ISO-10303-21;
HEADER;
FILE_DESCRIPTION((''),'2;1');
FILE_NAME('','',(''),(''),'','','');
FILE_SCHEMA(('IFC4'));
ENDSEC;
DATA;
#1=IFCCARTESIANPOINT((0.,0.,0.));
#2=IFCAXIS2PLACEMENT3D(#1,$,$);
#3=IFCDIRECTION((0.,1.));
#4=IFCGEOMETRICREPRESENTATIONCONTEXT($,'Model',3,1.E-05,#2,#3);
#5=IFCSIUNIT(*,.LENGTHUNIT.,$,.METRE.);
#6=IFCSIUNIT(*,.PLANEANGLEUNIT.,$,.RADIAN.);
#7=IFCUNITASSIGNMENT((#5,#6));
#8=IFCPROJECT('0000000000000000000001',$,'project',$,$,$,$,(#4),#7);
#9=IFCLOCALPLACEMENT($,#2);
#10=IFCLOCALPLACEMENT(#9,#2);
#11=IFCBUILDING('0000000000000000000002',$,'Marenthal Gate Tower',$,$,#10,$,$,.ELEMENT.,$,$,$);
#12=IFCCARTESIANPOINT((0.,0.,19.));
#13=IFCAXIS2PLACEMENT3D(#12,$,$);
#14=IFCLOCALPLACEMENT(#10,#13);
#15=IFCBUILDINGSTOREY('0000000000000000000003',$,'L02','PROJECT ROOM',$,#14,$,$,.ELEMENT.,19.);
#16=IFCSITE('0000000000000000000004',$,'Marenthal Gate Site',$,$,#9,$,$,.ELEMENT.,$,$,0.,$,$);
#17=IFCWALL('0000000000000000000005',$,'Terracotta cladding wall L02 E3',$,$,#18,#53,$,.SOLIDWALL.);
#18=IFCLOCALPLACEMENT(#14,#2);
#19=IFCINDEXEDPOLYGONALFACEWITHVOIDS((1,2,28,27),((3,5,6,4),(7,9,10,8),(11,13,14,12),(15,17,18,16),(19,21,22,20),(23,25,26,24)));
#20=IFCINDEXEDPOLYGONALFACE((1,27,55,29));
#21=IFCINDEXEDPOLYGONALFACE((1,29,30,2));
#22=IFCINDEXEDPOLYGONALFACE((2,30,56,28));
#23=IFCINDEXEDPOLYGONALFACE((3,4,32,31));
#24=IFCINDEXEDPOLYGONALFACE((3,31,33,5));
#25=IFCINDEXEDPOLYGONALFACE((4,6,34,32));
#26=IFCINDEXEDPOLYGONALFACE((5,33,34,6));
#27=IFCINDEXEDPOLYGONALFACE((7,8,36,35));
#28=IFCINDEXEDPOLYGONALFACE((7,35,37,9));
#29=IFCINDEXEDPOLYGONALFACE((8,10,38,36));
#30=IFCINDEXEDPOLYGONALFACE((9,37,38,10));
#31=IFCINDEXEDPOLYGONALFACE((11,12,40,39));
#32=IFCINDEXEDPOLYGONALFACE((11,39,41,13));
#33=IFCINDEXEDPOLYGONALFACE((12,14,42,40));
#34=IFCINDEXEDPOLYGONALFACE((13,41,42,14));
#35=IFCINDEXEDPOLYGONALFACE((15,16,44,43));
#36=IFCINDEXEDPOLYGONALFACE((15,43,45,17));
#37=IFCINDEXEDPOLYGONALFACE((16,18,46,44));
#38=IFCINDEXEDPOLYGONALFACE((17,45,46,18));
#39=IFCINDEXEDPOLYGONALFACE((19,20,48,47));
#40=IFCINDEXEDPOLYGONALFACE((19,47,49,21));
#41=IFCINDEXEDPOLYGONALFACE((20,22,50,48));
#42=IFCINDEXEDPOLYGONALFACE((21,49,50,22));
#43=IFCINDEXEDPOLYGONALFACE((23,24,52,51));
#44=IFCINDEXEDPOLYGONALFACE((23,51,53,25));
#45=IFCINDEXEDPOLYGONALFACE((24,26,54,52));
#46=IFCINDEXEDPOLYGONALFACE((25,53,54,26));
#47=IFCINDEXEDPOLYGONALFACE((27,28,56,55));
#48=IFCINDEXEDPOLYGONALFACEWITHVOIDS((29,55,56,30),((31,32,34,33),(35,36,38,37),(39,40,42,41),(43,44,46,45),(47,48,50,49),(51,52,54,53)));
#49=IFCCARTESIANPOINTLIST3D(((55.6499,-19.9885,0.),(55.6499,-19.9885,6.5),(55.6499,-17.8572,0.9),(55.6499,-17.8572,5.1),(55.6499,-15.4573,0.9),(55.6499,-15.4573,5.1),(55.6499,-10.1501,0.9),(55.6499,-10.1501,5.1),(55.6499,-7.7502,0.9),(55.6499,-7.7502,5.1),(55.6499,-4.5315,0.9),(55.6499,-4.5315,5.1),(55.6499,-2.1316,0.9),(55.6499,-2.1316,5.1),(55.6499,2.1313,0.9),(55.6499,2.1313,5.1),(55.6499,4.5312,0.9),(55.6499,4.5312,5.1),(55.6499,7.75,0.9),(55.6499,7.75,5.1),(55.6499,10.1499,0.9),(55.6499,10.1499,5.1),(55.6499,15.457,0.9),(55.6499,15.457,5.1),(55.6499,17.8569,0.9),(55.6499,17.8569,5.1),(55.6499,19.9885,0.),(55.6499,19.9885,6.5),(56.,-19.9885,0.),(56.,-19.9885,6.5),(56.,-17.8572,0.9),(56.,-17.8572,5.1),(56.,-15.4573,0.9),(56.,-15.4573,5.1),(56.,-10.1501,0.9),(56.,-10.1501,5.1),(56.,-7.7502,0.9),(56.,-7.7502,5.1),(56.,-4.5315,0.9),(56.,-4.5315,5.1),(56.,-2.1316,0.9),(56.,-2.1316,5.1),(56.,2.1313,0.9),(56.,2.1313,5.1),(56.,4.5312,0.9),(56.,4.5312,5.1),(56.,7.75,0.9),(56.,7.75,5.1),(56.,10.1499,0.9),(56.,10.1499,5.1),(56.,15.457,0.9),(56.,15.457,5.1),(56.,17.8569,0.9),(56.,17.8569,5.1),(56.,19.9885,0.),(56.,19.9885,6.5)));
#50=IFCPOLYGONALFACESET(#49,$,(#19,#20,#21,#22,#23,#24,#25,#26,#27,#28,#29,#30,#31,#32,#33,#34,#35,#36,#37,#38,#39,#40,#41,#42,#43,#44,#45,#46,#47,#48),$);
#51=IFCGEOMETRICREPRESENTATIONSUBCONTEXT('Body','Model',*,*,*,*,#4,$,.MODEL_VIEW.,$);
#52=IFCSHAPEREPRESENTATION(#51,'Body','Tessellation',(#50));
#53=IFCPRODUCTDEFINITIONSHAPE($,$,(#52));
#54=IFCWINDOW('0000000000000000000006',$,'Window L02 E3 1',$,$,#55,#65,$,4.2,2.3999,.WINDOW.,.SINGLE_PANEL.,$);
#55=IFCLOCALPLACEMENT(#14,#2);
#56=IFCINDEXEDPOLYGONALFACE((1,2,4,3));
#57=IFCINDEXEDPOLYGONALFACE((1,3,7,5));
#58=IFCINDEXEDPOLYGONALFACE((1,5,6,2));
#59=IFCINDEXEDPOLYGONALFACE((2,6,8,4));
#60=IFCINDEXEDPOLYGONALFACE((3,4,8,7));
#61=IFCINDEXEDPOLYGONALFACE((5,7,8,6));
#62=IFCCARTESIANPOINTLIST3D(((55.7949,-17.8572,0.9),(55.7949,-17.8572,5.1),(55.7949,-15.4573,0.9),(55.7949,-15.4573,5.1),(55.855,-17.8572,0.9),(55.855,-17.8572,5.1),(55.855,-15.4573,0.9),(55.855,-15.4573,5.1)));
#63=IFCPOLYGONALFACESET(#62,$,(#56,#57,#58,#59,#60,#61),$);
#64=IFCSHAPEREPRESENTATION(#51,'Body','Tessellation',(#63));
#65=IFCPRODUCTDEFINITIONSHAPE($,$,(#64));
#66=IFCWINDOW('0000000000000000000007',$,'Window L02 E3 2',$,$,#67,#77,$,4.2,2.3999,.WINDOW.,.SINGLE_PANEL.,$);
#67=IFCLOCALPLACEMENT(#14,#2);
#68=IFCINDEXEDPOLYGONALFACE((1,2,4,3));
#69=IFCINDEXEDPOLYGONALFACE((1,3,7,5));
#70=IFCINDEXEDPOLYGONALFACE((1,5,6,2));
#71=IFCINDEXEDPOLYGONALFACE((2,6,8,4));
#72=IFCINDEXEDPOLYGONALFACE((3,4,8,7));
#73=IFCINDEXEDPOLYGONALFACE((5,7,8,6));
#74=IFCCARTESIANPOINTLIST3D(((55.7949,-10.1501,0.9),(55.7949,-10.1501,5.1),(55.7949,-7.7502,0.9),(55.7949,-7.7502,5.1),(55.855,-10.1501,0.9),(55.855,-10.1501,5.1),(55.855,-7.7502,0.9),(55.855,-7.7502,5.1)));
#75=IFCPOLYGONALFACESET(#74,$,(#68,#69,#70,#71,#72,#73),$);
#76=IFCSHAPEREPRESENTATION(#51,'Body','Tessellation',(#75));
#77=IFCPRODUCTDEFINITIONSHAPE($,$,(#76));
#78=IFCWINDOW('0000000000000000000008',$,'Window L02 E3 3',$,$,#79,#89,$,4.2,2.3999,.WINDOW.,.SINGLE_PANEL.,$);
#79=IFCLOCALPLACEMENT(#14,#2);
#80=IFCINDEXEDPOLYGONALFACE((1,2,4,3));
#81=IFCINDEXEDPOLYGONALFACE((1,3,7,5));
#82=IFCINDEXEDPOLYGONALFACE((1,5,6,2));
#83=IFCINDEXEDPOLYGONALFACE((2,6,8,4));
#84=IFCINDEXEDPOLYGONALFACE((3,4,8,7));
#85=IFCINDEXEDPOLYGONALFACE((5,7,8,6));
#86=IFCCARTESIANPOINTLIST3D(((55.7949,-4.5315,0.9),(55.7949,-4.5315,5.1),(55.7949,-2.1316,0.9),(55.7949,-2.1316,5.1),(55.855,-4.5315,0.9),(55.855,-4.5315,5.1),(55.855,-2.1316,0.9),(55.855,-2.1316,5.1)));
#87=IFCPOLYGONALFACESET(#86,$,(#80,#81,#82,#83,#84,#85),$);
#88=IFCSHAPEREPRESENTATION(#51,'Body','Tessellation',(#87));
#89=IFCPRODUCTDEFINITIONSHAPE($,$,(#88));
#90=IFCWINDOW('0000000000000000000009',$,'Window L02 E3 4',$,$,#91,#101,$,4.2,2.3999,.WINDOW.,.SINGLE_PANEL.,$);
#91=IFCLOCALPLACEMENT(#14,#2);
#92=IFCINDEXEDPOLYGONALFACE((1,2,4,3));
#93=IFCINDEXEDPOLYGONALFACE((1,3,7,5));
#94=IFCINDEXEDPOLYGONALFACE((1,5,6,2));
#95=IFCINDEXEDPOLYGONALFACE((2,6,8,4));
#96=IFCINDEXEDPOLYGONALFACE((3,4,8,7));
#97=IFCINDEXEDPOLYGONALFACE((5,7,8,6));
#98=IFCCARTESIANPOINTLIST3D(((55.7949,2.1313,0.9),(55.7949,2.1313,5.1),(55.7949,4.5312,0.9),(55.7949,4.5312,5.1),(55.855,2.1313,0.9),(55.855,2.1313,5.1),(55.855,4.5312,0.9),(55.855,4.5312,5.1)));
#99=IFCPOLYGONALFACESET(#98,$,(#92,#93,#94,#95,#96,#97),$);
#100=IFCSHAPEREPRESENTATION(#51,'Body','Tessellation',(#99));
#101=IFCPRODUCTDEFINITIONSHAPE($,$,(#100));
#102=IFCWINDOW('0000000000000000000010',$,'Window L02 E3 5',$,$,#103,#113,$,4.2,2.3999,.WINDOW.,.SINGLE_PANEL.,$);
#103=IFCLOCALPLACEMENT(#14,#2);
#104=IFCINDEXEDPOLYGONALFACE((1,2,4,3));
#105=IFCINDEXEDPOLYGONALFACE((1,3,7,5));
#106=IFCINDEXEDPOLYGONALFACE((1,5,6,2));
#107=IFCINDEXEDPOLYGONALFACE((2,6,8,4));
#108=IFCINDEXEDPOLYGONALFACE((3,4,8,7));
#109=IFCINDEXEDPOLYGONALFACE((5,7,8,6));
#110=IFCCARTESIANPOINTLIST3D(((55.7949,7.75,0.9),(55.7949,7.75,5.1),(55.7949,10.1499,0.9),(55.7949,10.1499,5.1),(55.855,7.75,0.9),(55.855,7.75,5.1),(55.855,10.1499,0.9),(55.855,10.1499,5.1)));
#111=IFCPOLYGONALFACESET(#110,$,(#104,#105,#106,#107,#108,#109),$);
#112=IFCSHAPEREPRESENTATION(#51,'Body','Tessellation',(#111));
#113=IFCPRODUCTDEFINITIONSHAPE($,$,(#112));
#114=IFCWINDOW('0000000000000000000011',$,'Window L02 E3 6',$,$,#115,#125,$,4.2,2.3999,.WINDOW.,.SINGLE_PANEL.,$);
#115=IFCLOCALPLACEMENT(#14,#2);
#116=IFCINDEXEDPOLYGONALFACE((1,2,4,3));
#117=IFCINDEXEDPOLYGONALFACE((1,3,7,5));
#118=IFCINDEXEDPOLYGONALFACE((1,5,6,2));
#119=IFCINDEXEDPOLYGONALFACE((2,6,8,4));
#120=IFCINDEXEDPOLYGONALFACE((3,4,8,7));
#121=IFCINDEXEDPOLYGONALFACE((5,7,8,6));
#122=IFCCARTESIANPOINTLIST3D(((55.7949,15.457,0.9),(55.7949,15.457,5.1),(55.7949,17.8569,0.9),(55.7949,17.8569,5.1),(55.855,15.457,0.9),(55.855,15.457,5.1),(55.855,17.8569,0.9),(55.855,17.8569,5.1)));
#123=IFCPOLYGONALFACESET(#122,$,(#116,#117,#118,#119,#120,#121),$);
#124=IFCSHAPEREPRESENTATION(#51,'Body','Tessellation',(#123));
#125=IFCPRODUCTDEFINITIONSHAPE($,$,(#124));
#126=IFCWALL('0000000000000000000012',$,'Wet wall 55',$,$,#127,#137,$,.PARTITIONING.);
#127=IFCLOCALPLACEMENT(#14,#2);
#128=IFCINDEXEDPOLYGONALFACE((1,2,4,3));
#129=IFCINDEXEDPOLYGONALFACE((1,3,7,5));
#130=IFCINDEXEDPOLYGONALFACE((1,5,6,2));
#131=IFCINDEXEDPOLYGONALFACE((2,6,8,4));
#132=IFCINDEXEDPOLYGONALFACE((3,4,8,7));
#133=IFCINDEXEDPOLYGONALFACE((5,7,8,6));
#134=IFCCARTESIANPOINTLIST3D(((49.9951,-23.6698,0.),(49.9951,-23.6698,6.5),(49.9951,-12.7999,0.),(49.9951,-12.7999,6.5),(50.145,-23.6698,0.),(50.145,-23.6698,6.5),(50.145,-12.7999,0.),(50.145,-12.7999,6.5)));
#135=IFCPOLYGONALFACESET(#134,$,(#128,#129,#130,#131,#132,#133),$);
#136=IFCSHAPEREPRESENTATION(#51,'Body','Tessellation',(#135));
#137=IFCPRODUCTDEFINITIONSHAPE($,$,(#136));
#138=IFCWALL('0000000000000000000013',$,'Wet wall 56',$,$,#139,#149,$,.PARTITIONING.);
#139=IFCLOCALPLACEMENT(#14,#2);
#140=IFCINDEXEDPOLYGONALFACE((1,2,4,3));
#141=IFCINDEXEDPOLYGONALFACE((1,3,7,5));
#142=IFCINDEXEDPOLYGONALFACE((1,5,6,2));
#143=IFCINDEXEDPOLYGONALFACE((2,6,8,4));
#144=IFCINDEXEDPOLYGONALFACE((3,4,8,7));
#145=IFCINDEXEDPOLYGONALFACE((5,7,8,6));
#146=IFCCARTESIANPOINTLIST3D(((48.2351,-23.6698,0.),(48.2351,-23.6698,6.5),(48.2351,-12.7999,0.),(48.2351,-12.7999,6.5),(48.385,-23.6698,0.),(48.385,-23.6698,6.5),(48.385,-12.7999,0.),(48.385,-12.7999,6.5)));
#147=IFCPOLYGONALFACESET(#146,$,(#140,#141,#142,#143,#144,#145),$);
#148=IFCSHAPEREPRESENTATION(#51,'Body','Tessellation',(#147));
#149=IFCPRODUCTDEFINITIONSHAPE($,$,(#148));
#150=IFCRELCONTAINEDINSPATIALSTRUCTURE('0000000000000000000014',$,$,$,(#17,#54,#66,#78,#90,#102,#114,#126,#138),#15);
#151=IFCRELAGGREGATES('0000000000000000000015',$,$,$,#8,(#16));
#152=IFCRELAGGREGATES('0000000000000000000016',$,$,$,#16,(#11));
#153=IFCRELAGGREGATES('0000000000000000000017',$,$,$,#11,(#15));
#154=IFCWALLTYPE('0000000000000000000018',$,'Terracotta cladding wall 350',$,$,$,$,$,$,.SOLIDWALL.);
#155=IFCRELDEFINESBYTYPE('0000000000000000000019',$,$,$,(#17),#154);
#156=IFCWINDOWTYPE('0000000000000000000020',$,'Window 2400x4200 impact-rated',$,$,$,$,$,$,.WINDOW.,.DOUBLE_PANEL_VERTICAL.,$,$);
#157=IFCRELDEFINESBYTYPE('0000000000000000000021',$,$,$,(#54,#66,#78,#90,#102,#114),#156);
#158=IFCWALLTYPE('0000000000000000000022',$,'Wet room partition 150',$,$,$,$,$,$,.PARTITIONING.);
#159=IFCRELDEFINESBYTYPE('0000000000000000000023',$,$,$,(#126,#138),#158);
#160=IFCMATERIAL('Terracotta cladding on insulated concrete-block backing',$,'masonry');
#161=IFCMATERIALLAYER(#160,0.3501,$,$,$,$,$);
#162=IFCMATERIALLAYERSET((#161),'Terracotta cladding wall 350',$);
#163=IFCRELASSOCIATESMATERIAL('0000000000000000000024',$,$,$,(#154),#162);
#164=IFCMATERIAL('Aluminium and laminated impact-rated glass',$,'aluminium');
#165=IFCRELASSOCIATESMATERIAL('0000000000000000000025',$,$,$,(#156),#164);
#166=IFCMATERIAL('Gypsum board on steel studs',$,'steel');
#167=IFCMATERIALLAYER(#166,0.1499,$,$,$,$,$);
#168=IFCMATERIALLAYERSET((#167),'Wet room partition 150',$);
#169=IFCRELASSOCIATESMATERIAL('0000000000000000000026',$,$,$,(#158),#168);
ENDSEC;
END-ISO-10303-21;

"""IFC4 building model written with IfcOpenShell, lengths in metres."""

from ifc_helpers import new_model, si_unit, direction, frame, frame_2d, origin, place, context, subcontext, project, spatial, rectangle, extrude, material, layer, layer_set, type_object, element, fill, save


model = new_model("IFC4")

# Units and contexts
model_context = context("Model", 3, precision=1e-05, world=origin(), true_north=direction((0.0, 1.0)))
body_context = subcontext(model_context, "Body", "Model", "MODEL_VIEW")
ifc_project = project(units=[si_unit("LENGTHUNIT", "METRE"), si_unit("PLANEANGLEUNIT", "RADIAN")], contexts=[model_context])

# Site, building, storey
site_placement = place(None, origin())
site = spatial("IfcSite", under=ifc_project, at=site_placement, Name="Marenthal Gate Site", CompositionType="ELEMENT", RefElevation=0.0)
building_placement = place(site_placement, origin())
building = spatial("IfcBuilding", under=site, at=building_placement, Name="Marenthal Gate Tower", CompositionType="ELEMENT")
storey_placement = place(building_placement, frame((0.0, 0.0, 19.0)))
storey = spatial("IfcBuildingStorey", under=building, at=storey_placement, Name="L02", Description="PROJECT ROOM", CompositionType="ELEMENT", Elevation=19.0)

# Shared definitions
ifc_material_1 = material(Name="Terracotta cladding on insulated concrete-block backing", Category="masonry")
ifc_layer_1 = layer(ifc_material_1, 0.3501)
ifc_layer_set_1 = layer_set([ifc_layer_1], Name="Terracotta cladding wall 350")
wall_type_1 = type_object("IfcWallType", Name="Terracotta cladding wall 350", PredefinedType="SOLIDWALL", material=ifc_layer_set_1)

# Wall, openings, windows
wall_1_placement = place(storey_placement, frame((55.825, -19.9885, 0.0), z_axis=(0.0, 0.0, 1.0), x_axis=(0.0, 1.0, 0.0)))
wall_1 = element("IfcWall", 1, at=wall_1_placement, inside=storey, type_object=wall_type_1, Name="Terracotta cladding wall L02 E3", PredefinedType="SOLIDWALL", context=body_context, shape_type="SweptSolid", body=[
    extrude(rectangle(XDim=39.9771, YDim=0.3501, at=frame_2d((19.9885, 0.0))), origin(), (0.0, 0.0, 1.0), 6.5),
])
opening_1_placement = place(wall_1_placement, frame((2.1313, 0.0, 0.8999)))
opening_1 = element("IfcOpeningElement", 2, at=opening_1_placement, cuts=wall_1, PredefinedType="OPENING", context=body_context, shape_type="SweptSolid", body=[
    extrude(rectangle(XDim=2.3999, YDim=4.2, at=frame_2d((1.2, 2.1001))), frame((0.0, 0.1851, 0.0), z_axis=(0.0, -1.0, 0.0), x_axis=(1.0, 0.0, 0.0)), (0.0, 0.0, 1.0), 0.3701),
])
opening_2_placement = place(wall_1_placement, frame((9.8384, 0.0, 0.8999)))
opening_2 = element("IfcOpeningElement", 3, at=opening_2_placement, cuts=wall_1, PredefinedType="OPENING", context=body_context, shape_type="SweptSolid", body=[
    extrude(rectangle(XDim=2.3999, YDim=4.2, at=frame_2d((1.2, 2.1001))), frame((0.0, 0.1851, 0.0), z_axis=(0.0, -1.0, 0.0), x_axis=(1.0, 0.0, 0.0)), (0.0, 0.0, 1.0), 0.3701),
])
opening_3_placement = place(wall_1_placement, frame((15.457, 0.0, 0.8999)))
opening_3 = element("IfcOpeningElement", 4, at=opening_3_placement, cuts=wall_1, PredefinedType="OPENING", context=body_context, shape_type="SweptSolid", body=[
    extrude(rectangle(XDim=2.3999, YDim=4.2, at=frame_2d((1.2, 2.1001))), frame((0.0, 0.1851, 0.0), z_axis=(0.0, -1.0, 0.0), x_axis=(1.0, 0.0, 0.0)), (0.0, 0.0, 1.0), 0.3701),
])
opening_4_placement = place(wall_1_placement, frame((22.1199, 0.0, 0.8999)))
opening_4 = element("IfcOpeningElement", 5, at=opening_4_placement, cuts=wall_1, PredefinedType="OPENING", context=body_context, shape_type="SweptSolid", body=[
    extrude(rectangle(XDim=2.3999, YDim=4.2, at=frame_2d((1.2, 2.1001))), frame((0.0, 0.1851, 0.0), z_axis=(0.0, -1.0, 0.0), x_axis=(1.0, 0.0, 0.0)), (0.0, 0.0, 1.0), 0.3701),
])
opening_5_placement = place(wall_1_placement, frame((27.7385, 0.0, 0.8999)))
opening_5 = element("IfcOpeningElement", 6, at=opening_5_placement, cuts=wall_1, PredefinedType="OPENING", context=body_context, shape_type="SweptSolid", body=[
    extrude(rectangle(XDim=2.3999, YDim=4.2, at=frame_2d((1.2, 2.1001))), frame((0.0, 0.1851, 0.0), z_axis=(0.0, -1.0, 0.0), x_axis=(1.0, 0.0, 0.0)), (0.0, 0.0, 1.0), 0.3701),
])
opening_6_placement = place(wall_1_placement, frame((35.4456, 0.0, 0.8999)))
opening_6 = element("IfcOpeningElement", 7, at=opening_6_placement, cuts=wall_1, PredefinedType="OPENING", context=body_context, shape_type="SweptSolid", body=[
    extrude(rectangle(XDim=2.3999, YDim=4.2, at=frame_2d((1.2, 2.1001))), frame((0.0, 0.1851, 0.0), z_axis=(0.0, -1.0, 0.0), x_axis=(1.0, 0.0, 0.0)), (0.0, 0.0, 1.0), 0.3701),
])
ifc_material_2 = material(Name="Aluminium and laminated impact-rated glass", Category="aluminium")
window_type = type_object("IfcWindowType", Name="Window 2400x4200 impact-rated", PartitioningType="DOUBLE_PANEL_VERTICAL", PredefinedType="WINDOW", material=ifc_material_2)
window_1_placement = place(opening_1_placement, origin())
window_1 = element("IfcWindow", 8, at=window_1_placement, inside=storey, type_object=window_type, Name="Window L02 E3 1", OverallHeight=4.2, OverallWidth=2.3999, PartitioningType="SINGLE_PANEL", PredefinedType="WINDOW", context=body_context, shape_type="SweptSolid", body=[
    extrude(rectangle(XDim=2.3999, YDim=4.2, at=frame_2d((1.2, 2.1001))), frame((0.0, 0.03, 0.0), z_axis=(0.0, -1.0, 0.0), x_axis=(1.0, 0.0, 0.0)), (0.0, 0.0, 1.0), 0.0601),
])
fill(opening_1, window_1)
window_2_placement = place(opening_2_placement, origin())
window_2 = element("IfcWindow", 9, at=window_2_placement, inside=storey, type_object=window_type, Name="Window L02 E3 2", OverallHeight=4.2, OverallWidth=2.3999, PartitioningType="SINGLE_PANEL", PredefinedType="WINDOW", context=body_context, shape_type="SweptSolid", body=[
    extrude(rectangle(XDim=2.3999, YDim=4.2, at=frame_2d((1.2, 2.1001))), frame((0.0, 0.03, 0.0), z_axis=(0.0, -1.0, 0.0), x_axis=(1.0, 0.0, 0.0)), (0.0, 0.0, 1.0), 0.0601),
])
fill(opening_2, window_2)
window_3_placement = place(opening_3_placement, origin())
window_3 = element("IfcWindow", 10, at=window_3_placement, inside=storey, type_object=window_type, Name="Window L02 E3 3", OverallHeight=4.2, OverallWidth=2.3999, PartitioningType="SINGLE_PANEL", PredefinedType="WINDOW", context=body_context, shape_type="SweptSolid", body=[
    extrude(rectangle(XDim=2.3999, YDim=4.2, at=frame_2d((1.2, 2.1001))), frame((0.0, 0.03, 0.0), z_axis=(0.0, -1.0, 0.0), x_axis=(1.0, 0.0, 0.0)), (0.0, 0.0, 1.0), 0.0601),
])
fill(opening_3, window_3)
window_4_placement = place(opening_4_placement, origin())
window_4 = element("IfcWindow", 11, at=window_4_placement, inside=storey, type_object=window_type, Name="Window L02 E3 4", OverallHeight=4.2, OverallWidth=2.3999, PartitioningType="SINGLE_PANEL", PredefinedType="WINDOW", context=body_context, shape_type="SweptSolid", body=[
    extrude(rectangle(XDim=2.3999, YDim=4.2, at=frame_2d((1.2, 2.1001))), frame((0.0, 0.03, 0.0), z_axis=(0.0, -1.0, 0.0), x_axis=(1.0, 0.0, 0.0)), (0.0, 0.0, 1.0), 0.0601),
])
fill(opening_4, window_4)
window_5_placement = place(opening_5_placement, origin())
window_5 = element("IfcWindow", 12, at=window_5_placement, inside=storey, type_object=window_type, Name="Window L02 E3 5", OverallHeight=4.2, OverallWidth=2.3999, PartitioningType="SINGLE_PANEL", PredefinedType="WINDOW", context=body_context, shape_type="SweptSolid", body=[
    extrude(rectangle(XDim=2.3999, YDim=4.2, at=frame_2d((1.2, 2.1001))), frame((0.0, 0.03, 0.0), z_axis=(0.0, -1.0, 0.0), x_axis=(1.0, 0.0, 0.0)), (0.0, 0.0, 1.0), 0.0601),
])
fill(opening_5, window_5)
window_6_placement = place(opening_6_placement, origin())
window_6 = element("IfcWindow", 13, at=window_6_placement, inside=storey, type_object=window_type, Name="Window L02 E3 6", OverallHeight=4.2, OverallWidth=2.3999, PartitioningType="SINGLE_PANEL", PredefinedType="WINDOW", context=body_context, shape_type="SweptSolid", body=[
    extrude(rectangle(XDim=2.3999, YDim=4.2, at=frame_2d((1.2, 2.1001))), frame((0.0, 0.03, 0.0), z_axis=(0.0, -1.0, 0.0), x_axis=(1.0, 0.0, 0.0)), (0.0, 0.0, 1.0), 0.0601),
])
fill(opening_6, window_6)

# Walls
ifc_material_3 = material(Name="Gypsum board on steel studs", Category="steel")
ifc_layer_2 = layer(ifc_material_3, 0.1499)
ifc_layer_set_2 = layer_set([ifc_layer_2], Name="Wet room partition 150")
wall_type_2 = type_object("IfcWallType", Name="Wet room partition 150", PredefinedType="PARTITIONING", material=ifc_layer_set_2)
for number, where, z_axis, x_axis, name in (
    (14, (50.0701, -23.6699, 0.0), (0.0, 0.0, 1.0), (0.0, 1.0, 0.0), "Wet wall 55"),
    (15, (48.3101, -23.6699, 0.0), (0.0, 0.0, 1.0), (0.0, 1.0, 0.0), "Wet wall 56"),
):
    element("IfcWall", number, at=place(storey_placement, frame(where, z_axis=z_axis, x_axis=x_axis)), inside=storey, type_object=wall_type_2, Name=name, PredefinedType="PARTITIONING", context=body_context, shape_type="SweptSolid", body=[
        extrude(rectangle(XDim=10.8699, YDim=0.1499, at=frame_2d((5.4351, 0.0))), origin(), (0.0, 0.0, 1.0), 6.5),
    ])

save(model, "model.ifc")
